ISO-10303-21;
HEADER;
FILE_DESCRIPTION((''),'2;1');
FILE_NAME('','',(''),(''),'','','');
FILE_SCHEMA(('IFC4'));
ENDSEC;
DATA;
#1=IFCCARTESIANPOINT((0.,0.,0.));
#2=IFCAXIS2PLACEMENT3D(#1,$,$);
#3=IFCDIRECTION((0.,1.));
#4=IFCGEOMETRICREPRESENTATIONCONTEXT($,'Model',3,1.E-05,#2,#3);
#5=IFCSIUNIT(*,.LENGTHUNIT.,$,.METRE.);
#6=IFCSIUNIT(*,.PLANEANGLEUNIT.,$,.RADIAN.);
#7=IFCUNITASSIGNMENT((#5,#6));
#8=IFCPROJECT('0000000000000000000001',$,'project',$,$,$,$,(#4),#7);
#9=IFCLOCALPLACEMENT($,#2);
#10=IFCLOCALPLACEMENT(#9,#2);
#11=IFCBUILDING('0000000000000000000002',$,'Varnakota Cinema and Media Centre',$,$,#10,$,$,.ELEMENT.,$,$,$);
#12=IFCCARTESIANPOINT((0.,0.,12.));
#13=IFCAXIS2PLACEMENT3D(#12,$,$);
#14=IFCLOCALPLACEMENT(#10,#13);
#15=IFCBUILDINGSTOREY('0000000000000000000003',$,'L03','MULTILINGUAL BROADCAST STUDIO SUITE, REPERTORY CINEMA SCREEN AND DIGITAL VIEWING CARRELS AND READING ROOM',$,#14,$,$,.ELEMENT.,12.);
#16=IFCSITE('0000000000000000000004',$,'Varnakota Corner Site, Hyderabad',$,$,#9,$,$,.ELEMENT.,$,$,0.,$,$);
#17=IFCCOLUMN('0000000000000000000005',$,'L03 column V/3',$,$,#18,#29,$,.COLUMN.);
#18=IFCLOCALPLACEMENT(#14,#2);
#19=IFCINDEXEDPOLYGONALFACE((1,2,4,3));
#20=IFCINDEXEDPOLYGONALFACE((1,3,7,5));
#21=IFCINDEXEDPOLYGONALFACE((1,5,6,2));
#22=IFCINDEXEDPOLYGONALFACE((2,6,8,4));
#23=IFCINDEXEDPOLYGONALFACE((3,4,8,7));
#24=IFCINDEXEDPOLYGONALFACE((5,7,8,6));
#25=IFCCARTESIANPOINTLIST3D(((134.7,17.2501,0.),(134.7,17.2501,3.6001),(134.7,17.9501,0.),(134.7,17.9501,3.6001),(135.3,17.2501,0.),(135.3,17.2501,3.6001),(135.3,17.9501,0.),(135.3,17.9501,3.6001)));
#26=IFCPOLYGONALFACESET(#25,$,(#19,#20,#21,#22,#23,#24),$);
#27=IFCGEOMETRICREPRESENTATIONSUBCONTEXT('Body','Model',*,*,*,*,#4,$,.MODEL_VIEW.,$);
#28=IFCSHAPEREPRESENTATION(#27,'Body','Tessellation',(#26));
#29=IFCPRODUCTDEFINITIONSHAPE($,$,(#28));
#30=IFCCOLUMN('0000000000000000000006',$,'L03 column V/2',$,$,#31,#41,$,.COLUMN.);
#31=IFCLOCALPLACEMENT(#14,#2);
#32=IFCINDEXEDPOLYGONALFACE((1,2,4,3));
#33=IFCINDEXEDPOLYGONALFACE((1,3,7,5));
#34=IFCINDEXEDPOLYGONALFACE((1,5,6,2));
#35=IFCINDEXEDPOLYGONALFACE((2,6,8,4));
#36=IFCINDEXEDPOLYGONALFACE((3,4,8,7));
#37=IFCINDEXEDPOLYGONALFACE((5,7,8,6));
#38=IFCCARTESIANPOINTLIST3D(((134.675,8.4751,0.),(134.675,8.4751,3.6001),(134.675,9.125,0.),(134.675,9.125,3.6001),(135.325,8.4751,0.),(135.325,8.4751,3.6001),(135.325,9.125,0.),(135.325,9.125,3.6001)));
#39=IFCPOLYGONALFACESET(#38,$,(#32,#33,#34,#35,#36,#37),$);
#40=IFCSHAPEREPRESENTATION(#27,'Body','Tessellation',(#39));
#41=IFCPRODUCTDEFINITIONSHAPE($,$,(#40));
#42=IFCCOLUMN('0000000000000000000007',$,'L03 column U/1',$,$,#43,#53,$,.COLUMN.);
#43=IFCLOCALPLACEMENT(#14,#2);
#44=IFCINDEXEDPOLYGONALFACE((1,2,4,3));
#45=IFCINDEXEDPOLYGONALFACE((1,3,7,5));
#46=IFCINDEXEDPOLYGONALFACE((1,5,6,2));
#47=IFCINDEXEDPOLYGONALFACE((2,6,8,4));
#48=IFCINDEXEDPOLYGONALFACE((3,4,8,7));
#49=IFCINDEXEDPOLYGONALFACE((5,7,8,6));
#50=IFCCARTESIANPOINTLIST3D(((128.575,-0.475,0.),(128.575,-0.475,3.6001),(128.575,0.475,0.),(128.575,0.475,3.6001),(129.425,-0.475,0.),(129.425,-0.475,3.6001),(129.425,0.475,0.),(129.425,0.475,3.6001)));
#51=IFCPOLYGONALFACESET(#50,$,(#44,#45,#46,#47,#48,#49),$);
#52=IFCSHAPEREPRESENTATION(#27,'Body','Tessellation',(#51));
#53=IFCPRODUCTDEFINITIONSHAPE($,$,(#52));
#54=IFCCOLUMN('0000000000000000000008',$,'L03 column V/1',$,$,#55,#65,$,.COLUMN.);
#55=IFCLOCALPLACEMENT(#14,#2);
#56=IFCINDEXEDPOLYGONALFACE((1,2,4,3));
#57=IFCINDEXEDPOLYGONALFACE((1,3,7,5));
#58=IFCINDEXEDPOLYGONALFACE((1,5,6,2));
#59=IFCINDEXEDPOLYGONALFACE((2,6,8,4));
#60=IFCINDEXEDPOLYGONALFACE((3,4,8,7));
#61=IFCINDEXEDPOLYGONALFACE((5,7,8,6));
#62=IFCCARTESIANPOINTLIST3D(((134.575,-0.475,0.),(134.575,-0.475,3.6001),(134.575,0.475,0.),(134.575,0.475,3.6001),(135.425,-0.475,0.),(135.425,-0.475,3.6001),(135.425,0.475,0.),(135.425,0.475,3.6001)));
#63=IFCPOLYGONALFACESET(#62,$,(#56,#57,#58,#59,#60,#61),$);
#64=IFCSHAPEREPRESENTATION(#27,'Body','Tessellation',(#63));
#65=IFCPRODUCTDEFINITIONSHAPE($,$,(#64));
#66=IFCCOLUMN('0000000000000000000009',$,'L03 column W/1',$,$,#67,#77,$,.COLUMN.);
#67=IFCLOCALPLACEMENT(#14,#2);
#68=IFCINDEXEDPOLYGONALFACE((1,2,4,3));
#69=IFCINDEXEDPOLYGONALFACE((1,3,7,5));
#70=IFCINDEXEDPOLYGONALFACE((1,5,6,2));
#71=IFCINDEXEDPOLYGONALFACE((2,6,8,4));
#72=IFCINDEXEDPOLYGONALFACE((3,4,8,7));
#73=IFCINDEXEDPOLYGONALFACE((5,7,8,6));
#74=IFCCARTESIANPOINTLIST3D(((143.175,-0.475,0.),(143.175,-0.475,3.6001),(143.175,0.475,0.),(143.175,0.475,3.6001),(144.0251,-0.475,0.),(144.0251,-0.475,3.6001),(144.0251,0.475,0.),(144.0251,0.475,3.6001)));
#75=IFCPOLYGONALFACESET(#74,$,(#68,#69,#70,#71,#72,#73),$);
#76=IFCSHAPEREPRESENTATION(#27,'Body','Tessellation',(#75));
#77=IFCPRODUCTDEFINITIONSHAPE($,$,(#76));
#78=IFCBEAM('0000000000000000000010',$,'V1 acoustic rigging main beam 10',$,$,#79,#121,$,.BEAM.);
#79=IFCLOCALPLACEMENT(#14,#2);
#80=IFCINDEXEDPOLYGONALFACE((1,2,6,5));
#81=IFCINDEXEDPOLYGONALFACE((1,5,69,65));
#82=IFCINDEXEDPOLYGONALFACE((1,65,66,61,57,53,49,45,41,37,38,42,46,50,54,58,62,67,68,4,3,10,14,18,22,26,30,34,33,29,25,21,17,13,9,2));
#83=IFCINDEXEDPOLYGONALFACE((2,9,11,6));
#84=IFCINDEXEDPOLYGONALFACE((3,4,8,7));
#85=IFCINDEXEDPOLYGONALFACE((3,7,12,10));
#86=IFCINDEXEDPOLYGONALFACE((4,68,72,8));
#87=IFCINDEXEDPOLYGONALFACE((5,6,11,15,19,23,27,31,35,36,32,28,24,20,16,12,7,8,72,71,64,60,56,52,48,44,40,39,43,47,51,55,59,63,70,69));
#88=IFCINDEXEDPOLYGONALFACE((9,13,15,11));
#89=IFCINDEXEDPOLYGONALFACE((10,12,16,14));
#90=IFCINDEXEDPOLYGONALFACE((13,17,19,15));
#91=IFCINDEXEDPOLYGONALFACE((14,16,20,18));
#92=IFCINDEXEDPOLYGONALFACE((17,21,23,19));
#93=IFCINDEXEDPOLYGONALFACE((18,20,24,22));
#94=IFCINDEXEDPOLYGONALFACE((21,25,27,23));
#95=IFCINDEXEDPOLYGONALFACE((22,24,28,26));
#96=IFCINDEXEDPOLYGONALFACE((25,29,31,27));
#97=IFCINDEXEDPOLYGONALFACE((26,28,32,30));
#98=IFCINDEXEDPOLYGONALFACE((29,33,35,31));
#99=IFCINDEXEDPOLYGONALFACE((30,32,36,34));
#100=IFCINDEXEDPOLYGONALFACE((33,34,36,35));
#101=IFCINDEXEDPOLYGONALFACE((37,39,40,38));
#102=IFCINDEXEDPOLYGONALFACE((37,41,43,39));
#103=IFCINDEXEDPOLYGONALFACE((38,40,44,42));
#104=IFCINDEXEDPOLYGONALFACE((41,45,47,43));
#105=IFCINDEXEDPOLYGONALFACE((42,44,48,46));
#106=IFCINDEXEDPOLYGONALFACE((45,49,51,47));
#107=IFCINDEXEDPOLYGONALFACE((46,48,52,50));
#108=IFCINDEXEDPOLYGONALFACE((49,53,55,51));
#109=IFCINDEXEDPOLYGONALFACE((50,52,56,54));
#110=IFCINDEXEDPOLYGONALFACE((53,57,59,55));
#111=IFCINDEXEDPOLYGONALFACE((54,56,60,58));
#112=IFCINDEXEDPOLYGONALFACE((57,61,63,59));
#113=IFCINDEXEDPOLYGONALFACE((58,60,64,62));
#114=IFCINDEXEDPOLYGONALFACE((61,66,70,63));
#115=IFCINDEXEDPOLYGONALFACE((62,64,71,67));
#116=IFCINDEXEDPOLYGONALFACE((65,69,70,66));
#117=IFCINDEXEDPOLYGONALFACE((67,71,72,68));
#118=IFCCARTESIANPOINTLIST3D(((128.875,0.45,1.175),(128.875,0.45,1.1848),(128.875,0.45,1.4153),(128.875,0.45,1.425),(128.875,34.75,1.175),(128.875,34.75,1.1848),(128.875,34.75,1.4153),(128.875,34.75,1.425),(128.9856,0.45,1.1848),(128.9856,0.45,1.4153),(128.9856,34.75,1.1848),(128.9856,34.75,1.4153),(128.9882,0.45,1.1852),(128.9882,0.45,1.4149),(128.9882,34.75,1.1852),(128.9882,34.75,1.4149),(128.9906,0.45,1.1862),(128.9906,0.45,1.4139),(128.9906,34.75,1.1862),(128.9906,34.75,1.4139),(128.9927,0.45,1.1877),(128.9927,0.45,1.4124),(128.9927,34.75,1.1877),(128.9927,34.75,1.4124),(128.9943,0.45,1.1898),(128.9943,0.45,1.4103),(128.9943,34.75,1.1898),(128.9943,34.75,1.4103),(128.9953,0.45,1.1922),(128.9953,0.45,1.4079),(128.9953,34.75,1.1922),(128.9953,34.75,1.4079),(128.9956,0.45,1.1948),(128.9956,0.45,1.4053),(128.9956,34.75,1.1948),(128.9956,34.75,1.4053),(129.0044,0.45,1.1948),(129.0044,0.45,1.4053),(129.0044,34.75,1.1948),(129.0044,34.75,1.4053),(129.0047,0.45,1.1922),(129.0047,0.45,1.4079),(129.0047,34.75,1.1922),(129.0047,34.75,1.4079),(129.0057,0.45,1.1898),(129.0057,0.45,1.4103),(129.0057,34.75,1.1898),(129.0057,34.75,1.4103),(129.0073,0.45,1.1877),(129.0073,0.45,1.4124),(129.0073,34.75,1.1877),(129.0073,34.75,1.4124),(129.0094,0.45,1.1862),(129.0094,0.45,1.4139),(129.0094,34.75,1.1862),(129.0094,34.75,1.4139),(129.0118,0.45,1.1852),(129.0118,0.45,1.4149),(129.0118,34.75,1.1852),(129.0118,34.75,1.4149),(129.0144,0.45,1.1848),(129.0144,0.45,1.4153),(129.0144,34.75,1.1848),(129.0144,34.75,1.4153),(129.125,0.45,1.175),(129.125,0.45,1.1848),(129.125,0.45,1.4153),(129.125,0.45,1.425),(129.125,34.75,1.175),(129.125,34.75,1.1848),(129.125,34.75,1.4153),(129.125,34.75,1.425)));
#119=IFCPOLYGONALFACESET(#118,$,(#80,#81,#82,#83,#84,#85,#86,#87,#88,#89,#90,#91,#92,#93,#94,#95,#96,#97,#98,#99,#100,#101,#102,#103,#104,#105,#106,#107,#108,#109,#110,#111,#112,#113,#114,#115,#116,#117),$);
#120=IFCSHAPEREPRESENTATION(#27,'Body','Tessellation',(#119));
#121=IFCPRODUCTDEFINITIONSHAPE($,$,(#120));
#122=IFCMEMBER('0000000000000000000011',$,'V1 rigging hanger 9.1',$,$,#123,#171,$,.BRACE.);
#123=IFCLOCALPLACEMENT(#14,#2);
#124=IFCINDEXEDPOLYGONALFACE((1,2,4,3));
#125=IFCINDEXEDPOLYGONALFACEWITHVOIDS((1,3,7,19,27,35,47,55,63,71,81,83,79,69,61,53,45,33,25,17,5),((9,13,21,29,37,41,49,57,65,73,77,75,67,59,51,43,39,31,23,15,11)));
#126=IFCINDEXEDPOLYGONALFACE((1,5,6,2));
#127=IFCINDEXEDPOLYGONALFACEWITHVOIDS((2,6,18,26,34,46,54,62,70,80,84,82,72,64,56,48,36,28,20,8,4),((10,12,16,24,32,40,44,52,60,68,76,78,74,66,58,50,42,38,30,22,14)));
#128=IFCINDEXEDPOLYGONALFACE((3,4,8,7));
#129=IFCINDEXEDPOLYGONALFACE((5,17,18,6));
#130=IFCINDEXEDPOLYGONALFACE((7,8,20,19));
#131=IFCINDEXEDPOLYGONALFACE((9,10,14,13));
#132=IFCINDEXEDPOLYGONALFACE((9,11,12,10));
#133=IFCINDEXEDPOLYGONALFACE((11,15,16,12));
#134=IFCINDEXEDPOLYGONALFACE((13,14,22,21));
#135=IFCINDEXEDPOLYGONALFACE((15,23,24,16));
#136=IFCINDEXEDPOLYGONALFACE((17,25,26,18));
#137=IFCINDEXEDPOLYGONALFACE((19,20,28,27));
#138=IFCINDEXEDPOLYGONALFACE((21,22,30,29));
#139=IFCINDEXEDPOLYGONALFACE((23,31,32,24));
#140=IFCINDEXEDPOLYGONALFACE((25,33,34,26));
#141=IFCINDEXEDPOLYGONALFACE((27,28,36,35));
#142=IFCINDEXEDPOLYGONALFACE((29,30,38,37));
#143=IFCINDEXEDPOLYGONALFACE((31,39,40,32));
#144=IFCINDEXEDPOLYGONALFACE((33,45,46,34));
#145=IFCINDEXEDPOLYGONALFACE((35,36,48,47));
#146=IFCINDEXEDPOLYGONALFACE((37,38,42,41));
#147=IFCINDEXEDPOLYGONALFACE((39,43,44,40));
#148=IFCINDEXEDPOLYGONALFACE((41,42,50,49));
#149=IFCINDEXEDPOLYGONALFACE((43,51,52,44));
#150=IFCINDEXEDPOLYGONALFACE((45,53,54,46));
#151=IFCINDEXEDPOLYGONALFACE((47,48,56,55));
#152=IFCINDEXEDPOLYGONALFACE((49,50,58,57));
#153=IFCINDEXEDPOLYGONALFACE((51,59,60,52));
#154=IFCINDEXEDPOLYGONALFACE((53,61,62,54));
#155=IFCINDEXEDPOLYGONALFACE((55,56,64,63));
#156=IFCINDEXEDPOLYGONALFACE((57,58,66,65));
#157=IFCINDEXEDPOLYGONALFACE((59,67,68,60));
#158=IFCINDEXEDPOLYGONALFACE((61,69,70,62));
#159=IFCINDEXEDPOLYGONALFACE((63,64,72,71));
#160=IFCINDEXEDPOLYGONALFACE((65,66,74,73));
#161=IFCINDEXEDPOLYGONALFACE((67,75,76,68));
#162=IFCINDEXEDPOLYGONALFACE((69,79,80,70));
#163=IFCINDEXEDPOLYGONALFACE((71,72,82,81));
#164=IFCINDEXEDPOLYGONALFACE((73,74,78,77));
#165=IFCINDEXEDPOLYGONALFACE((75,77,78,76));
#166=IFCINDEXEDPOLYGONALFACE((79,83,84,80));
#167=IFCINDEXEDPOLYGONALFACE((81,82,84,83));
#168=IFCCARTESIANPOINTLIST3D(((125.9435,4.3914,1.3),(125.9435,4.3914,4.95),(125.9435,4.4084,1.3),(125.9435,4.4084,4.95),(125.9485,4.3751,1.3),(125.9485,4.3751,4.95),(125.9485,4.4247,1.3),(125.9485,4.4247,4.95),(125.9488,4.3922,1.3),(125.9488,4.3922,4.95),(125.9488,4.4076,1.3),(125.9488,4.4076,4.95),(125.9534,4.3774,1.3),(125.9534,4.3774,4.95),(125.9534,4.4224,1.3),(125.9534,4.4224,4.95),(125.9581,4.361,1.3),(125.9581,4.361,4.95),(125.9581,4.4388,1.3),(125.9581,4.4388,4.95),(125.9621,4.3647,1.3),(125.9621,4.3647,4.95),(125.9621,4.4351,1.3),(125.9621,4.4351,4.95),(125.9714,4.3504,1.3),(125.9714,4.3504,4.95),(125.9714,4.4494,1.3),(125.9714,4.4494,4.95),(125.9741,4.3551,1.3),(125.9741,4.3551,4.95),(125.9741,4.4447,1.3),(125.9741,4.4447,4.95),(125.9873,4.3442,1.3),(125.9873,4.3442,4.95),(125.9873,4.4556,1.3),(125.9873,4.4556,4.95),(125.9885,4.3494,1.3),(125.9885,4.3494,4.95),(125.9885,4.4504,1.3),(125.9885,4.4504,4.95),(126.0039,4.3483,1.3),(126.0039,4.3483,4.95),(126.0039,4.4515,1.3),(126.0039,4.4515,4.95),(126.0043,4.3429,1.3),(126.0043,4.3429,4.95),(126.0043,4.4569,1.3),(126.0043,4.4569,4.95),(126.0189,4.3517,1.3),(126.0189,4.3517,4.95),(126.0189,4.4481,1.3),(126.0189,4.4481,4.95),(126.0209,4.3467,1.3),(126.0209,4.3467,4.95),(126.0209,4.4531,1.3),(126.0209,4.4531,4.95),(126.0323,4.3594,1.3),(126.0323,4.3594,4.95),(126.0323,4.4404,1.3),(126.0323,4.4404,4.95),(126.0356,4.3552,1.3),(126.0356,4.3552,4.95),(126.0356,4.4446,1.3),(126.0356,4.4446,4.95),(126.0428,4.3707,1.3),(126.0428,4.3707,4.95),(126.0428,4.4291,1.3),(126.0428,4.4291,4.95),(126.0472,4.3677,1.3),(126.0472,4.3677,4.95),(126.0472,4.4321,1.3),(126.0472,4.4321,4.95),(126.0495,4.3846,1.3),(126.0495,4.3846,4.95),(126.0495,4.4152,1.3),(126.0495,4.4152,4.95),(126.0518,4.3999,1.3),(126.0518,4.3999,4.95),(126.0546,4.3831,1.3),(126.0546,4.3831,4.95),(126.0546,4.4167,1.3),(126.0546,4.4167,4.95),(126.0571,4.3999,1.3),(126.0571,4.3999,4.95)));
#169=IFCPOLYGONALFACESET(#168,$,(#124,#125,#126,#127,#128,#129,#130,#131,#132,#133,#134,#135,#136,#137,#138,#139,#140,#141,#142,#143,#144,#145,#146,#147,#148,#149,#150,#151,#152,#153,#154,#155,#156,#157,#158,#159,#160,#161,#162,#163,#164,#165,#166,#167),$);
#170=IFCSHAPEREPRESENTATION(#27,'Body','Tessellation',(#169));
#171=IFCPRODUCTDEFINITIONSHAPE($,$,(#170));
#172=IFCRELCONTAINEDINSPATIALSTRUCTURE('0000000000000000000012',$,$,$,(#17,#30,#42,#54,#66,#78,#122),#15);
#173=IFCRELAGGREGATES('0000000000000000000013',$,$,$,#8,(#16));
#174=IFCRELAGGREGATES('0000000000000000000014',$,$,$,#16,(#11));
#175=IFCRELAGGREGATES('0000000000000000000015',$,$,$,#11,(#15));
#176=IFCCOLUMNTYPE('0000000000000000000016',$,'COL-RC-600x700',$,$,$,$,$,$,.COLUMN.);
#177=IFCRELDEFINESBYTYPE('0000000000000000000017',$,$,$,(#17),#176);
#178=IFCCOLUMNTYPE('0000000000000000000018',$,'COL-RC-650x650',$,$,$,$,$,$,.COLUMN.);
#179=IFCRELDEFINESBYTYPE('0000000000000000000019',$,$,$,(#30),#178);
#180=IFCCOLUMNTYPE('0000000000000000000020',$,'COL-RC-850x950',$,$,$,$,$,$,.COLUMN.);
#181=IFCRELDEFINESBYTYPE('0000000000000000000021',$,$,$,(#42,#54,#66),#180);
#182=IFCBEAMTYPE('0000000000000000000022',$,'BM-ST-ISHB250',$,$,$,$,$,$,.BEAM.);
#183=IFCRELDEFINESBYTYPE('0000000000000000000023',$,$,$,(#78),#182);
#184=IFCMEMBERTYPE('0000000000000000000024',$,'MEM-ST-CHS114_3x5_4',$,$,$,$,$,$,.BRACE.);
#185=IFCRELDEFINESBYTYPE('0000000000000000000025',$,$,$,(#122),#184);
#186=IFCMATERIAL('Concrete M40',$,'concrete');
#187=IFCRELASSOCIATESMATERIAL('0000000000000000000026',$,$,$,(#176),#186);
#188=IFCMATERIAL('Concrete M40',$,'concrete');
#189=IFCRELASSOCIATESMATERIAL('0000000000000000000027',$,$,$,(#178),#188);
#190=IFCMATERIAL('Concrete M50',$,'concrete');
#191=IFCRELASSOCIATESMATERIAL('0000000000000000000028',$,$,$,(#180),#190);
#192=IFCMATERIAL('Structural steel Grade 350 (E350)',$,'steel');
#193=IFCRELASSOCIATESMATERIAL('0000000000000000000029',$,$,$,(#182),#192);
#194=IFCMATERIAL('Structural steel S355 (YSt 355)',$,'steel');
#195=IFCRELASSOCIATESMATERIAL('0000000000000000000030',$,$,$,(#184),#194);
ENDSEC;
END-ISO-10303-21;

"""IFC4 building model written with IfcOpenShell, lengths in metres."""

from ifc_helpers import new_model, si_unit, direction, frame, origin, origin_2d, place, context, subcontext, project, spatial, rectangle, hollow_circle, i_section, extrude, material, material_profile, profile_set, type_object, element, save


model = new_model("IFC4")

# Units and contexts
model_context = context("Model", 3, precision=1e-05, world=origin(), true_north=direction((0.0, 1.0)))
body_context = subcontext(model_context, "Body", "Model", "MODEL_VIEW")
ifc_project = project(units=[si_unit("LENGTHUNIT", "METRE"), si_unit("PLANEANGLEUNIT", "RADIAN")], contexts=[model_context])

# Site, building, storey
site_placement = place(None, origin())
site = spatial("IfcSite", under=ifc_project, at=site_placement, Name="Varnakota Corner Site, Hyderabad", CompositionType="ELEMENT", RefElevation=0.0)
building_placement = place(site_placement, origin())
building = spatial("IfcBuilding", under=site, at=building_placement, Name="Varnakota Cinema and Media Centre", CompositionType="ELEMENT")
storey_placement = place(building_placement, frame((0.0, 0.0, 12.0)))
storey = spatial("IfcBuildingStorey", under=building, at=storey_placement, Name="L03", Description="MULTILINGUAL BROADCAST STUDIO SUITE, REPERTORY CINEMA SCREEN AND DIGITAL VIEWING CARRELS AND READING ROOM", CompositionType="ELEMENT", Elevation=12.0)

# Columns
ifc_material_1 = material(Name="Concrete M40", Category="concrete")
ifc_material_profile_1 = material_profile(ifc_material_1, rectangle(XDim=0.6001, YDim=0.7, at=origin_2d()), Name="RC 600x700")
ifc_profile_set_1 = profile_set([ifc_material_profile_1], Name="Concrete M40")
column_type_1 = type_object("IfcColumnType", Name="COL-RC-600x700", PredefinedType="COLUMN", material=ifc_profile_set_1)
column_1_placement = place(storey_placement, frame((135.0, 17.6001, 0.0), z_axis=(0.0, 0.0, 1.0), x_axis=(1.0, 0.0, 0.0)))
element("IfcColumn", 1, at=column_1_placement, inside=storey, type_object=column_type_1, Name="L03 column V/3", PredefinedType="COLUMN", context=body_context, shape_type="SweptSolid", body=[
    extrude(rectangle(XDim=0.6001, YDim=0.7, at=origin_2d()), origin(), (0.0, 0.0, 1.0), 3.6001),
])
ifc_material_2 = material(Name="Concrete M40", Category="concrete")
ifc_material_profile_2 = material_profile(ifc_material_2, rectangle(XDim=0.6499, YDim=0.6499, at=origin_2d()), Name="RC 650x650")
ifc_profile_set_2 = profile_set([ifc_material_profile_2], Name="Concrete M40")
column_type_2 = type_object("IfcColumnType", Name="COL-RC-650x650", PredefinedType="COLUMN", material=ifc_profile_set_2)
column_2_placement = place(storey_placement, frame((135.0, 8.8, 0.0), z_axis=(0.0, 0.0, 1.0), x_axis=(1.0, 0.0, 0.0)))
element("IfcColumn", 2, at=column_2_placement, inside=storey, type_object=column_type_2, Name="L03 column V/2", PredefinedType="COLUMN", context=body_context, shape_type="SweptSolid", body=[
    extrude(rectangle(XDim=0.6499, YDim=0.6499, at=origin_2d()), origin(), (0.0, 0.0, 1.0), 3.6001),
])
ifc_material_3 = material(Name="Concrete M50", Category="concrete")
ifc_material_profile_3 = material_profile(ifc_material_3, rectangle(XDim=0.8501, YDim=0.95, at=origin_2d()), Name="RC 850x950")
ifc_profile_set_3 = profile_set([ifc_material_profile_3], Name="Concrete M50")
column_type_3 = type_object("IfcColumnType", Name="COL-RC-850x950", PredefinedType="COLUMN", material=ifc_profile_set_3)
for number, where, z_axis, x_axis, name in (
    (3, (129.0, 0.0, 0.0), (0.0, 0.0, 1.0), (1.0, 0.0, 0.0), "L03 column U/1"),
    (4, (135.0, 0.0, 0.0), (0.0, 0.0, 1.0), (1.0, 0.0, 0.0), "L03 column V/1"),
    (5, (143.6001, 0.0, 0.0), (0.0, 0.0, 1.0), (1.0, 0.0, 0.0), "L03 column W/1"),
):
    element("IfcColumn", number, at=place(storey_placement, frame(where, z_axis=z_axis, x_axis=x_axis)), inside=storey, type_object=column_type_3, Name=name, PredefinedType="COLUMN", context=body_context, shape_type="SweptSolid", body=[
        extrude(rectangle(XDim=0.8501, YDim=0.95, at=origin_2d()), origin(), (0.0, 0.0, 1.0), 3.6001),
    ])

# Beam
ifc_material_4 = material(Name="Structural steel Grade 350 (E350)", Category="steel")
ifc_material_profile_4 = material_profile(ifc_material_4, i_section(OverallWidth=0.25, OverallDepth=0.25, WebThickness=0.0088, FlangeThickness=0.0098, FilletRadius=0.01, at=origin_2d()), Name="ISHB 250")
ifc_profile_set_4 = profile_set([ifc_material_profile_4], Name="Structural steel Grade 350 (E350)")
beam_type = type_object("IfcBeamType", Name="BM-ST-ISHB250", PredefinedType="BEAM", material=ifc_profile_set_4)
beam_placement = place(storey_placement, frame((129.0, 0.45, 1.3), z_axis=(0.0, 1.0, 0.0), x_axis=(-1.0, 0.0, 0.0)))
element("IfcBeam", 6, at=beam_placement, inside=storey, type_object=beam_type, Name="V1 acoustic rigging main beam 10", PredefinedType="BEAM", context=body_context, shape_type="SweptSolid", body=[
    extrude(i_section(OverallWidth=0.25, OverallDepth=0.25, WebThickness=0.0088, FlangeThickness=0.0098, FilletRadius=0.01, at=origin_2d()), origin(), (0.0, 0.0, 1.0), 34.3),
])

# Member
ifc_material_5 = material(Name="Structural steel S355 (YSt 355)", Category="steel")
ifc_material_profile_5 = material_profile(ifc_material_5, hollow_circle(Radius=0.0571, WallThickness=0.0054, at=origin_2d()), Name="CHS 114.3x5.4")
ifc_profile_set_5 = profile_set([ifc_material_profile_5], Name="Structural steel S355 (YSt 355)")
member_type_1 = type_object("IfcMemberType", Name="MEM-ST-CHS114_3x5_4", PredefinedType="BRACE", material=ifc_profile_set_5)
member_1_placement = place(storey_placement, frame((126.0, 4.3999, 1.3), z_axis=(0.0, 0.0, 1.0), x_axis=(1.0, 0.0, 0.0)))
element("IfcMember", 7, at=member_1_placement, inside=storey, type_object=member_type_1, Name="V1 rigging hanger 9.1", PredefinedType="BRACE", context=body_context, shape_type="SweptSolid", body=[
    extrude(hollow_circle(Radius=0.0571, WallThickness=0.0054, at=origin_2d()), origin(), (0.0, 0.0, 1.0), 3.6499),
])

save(model, "model.ifc")
